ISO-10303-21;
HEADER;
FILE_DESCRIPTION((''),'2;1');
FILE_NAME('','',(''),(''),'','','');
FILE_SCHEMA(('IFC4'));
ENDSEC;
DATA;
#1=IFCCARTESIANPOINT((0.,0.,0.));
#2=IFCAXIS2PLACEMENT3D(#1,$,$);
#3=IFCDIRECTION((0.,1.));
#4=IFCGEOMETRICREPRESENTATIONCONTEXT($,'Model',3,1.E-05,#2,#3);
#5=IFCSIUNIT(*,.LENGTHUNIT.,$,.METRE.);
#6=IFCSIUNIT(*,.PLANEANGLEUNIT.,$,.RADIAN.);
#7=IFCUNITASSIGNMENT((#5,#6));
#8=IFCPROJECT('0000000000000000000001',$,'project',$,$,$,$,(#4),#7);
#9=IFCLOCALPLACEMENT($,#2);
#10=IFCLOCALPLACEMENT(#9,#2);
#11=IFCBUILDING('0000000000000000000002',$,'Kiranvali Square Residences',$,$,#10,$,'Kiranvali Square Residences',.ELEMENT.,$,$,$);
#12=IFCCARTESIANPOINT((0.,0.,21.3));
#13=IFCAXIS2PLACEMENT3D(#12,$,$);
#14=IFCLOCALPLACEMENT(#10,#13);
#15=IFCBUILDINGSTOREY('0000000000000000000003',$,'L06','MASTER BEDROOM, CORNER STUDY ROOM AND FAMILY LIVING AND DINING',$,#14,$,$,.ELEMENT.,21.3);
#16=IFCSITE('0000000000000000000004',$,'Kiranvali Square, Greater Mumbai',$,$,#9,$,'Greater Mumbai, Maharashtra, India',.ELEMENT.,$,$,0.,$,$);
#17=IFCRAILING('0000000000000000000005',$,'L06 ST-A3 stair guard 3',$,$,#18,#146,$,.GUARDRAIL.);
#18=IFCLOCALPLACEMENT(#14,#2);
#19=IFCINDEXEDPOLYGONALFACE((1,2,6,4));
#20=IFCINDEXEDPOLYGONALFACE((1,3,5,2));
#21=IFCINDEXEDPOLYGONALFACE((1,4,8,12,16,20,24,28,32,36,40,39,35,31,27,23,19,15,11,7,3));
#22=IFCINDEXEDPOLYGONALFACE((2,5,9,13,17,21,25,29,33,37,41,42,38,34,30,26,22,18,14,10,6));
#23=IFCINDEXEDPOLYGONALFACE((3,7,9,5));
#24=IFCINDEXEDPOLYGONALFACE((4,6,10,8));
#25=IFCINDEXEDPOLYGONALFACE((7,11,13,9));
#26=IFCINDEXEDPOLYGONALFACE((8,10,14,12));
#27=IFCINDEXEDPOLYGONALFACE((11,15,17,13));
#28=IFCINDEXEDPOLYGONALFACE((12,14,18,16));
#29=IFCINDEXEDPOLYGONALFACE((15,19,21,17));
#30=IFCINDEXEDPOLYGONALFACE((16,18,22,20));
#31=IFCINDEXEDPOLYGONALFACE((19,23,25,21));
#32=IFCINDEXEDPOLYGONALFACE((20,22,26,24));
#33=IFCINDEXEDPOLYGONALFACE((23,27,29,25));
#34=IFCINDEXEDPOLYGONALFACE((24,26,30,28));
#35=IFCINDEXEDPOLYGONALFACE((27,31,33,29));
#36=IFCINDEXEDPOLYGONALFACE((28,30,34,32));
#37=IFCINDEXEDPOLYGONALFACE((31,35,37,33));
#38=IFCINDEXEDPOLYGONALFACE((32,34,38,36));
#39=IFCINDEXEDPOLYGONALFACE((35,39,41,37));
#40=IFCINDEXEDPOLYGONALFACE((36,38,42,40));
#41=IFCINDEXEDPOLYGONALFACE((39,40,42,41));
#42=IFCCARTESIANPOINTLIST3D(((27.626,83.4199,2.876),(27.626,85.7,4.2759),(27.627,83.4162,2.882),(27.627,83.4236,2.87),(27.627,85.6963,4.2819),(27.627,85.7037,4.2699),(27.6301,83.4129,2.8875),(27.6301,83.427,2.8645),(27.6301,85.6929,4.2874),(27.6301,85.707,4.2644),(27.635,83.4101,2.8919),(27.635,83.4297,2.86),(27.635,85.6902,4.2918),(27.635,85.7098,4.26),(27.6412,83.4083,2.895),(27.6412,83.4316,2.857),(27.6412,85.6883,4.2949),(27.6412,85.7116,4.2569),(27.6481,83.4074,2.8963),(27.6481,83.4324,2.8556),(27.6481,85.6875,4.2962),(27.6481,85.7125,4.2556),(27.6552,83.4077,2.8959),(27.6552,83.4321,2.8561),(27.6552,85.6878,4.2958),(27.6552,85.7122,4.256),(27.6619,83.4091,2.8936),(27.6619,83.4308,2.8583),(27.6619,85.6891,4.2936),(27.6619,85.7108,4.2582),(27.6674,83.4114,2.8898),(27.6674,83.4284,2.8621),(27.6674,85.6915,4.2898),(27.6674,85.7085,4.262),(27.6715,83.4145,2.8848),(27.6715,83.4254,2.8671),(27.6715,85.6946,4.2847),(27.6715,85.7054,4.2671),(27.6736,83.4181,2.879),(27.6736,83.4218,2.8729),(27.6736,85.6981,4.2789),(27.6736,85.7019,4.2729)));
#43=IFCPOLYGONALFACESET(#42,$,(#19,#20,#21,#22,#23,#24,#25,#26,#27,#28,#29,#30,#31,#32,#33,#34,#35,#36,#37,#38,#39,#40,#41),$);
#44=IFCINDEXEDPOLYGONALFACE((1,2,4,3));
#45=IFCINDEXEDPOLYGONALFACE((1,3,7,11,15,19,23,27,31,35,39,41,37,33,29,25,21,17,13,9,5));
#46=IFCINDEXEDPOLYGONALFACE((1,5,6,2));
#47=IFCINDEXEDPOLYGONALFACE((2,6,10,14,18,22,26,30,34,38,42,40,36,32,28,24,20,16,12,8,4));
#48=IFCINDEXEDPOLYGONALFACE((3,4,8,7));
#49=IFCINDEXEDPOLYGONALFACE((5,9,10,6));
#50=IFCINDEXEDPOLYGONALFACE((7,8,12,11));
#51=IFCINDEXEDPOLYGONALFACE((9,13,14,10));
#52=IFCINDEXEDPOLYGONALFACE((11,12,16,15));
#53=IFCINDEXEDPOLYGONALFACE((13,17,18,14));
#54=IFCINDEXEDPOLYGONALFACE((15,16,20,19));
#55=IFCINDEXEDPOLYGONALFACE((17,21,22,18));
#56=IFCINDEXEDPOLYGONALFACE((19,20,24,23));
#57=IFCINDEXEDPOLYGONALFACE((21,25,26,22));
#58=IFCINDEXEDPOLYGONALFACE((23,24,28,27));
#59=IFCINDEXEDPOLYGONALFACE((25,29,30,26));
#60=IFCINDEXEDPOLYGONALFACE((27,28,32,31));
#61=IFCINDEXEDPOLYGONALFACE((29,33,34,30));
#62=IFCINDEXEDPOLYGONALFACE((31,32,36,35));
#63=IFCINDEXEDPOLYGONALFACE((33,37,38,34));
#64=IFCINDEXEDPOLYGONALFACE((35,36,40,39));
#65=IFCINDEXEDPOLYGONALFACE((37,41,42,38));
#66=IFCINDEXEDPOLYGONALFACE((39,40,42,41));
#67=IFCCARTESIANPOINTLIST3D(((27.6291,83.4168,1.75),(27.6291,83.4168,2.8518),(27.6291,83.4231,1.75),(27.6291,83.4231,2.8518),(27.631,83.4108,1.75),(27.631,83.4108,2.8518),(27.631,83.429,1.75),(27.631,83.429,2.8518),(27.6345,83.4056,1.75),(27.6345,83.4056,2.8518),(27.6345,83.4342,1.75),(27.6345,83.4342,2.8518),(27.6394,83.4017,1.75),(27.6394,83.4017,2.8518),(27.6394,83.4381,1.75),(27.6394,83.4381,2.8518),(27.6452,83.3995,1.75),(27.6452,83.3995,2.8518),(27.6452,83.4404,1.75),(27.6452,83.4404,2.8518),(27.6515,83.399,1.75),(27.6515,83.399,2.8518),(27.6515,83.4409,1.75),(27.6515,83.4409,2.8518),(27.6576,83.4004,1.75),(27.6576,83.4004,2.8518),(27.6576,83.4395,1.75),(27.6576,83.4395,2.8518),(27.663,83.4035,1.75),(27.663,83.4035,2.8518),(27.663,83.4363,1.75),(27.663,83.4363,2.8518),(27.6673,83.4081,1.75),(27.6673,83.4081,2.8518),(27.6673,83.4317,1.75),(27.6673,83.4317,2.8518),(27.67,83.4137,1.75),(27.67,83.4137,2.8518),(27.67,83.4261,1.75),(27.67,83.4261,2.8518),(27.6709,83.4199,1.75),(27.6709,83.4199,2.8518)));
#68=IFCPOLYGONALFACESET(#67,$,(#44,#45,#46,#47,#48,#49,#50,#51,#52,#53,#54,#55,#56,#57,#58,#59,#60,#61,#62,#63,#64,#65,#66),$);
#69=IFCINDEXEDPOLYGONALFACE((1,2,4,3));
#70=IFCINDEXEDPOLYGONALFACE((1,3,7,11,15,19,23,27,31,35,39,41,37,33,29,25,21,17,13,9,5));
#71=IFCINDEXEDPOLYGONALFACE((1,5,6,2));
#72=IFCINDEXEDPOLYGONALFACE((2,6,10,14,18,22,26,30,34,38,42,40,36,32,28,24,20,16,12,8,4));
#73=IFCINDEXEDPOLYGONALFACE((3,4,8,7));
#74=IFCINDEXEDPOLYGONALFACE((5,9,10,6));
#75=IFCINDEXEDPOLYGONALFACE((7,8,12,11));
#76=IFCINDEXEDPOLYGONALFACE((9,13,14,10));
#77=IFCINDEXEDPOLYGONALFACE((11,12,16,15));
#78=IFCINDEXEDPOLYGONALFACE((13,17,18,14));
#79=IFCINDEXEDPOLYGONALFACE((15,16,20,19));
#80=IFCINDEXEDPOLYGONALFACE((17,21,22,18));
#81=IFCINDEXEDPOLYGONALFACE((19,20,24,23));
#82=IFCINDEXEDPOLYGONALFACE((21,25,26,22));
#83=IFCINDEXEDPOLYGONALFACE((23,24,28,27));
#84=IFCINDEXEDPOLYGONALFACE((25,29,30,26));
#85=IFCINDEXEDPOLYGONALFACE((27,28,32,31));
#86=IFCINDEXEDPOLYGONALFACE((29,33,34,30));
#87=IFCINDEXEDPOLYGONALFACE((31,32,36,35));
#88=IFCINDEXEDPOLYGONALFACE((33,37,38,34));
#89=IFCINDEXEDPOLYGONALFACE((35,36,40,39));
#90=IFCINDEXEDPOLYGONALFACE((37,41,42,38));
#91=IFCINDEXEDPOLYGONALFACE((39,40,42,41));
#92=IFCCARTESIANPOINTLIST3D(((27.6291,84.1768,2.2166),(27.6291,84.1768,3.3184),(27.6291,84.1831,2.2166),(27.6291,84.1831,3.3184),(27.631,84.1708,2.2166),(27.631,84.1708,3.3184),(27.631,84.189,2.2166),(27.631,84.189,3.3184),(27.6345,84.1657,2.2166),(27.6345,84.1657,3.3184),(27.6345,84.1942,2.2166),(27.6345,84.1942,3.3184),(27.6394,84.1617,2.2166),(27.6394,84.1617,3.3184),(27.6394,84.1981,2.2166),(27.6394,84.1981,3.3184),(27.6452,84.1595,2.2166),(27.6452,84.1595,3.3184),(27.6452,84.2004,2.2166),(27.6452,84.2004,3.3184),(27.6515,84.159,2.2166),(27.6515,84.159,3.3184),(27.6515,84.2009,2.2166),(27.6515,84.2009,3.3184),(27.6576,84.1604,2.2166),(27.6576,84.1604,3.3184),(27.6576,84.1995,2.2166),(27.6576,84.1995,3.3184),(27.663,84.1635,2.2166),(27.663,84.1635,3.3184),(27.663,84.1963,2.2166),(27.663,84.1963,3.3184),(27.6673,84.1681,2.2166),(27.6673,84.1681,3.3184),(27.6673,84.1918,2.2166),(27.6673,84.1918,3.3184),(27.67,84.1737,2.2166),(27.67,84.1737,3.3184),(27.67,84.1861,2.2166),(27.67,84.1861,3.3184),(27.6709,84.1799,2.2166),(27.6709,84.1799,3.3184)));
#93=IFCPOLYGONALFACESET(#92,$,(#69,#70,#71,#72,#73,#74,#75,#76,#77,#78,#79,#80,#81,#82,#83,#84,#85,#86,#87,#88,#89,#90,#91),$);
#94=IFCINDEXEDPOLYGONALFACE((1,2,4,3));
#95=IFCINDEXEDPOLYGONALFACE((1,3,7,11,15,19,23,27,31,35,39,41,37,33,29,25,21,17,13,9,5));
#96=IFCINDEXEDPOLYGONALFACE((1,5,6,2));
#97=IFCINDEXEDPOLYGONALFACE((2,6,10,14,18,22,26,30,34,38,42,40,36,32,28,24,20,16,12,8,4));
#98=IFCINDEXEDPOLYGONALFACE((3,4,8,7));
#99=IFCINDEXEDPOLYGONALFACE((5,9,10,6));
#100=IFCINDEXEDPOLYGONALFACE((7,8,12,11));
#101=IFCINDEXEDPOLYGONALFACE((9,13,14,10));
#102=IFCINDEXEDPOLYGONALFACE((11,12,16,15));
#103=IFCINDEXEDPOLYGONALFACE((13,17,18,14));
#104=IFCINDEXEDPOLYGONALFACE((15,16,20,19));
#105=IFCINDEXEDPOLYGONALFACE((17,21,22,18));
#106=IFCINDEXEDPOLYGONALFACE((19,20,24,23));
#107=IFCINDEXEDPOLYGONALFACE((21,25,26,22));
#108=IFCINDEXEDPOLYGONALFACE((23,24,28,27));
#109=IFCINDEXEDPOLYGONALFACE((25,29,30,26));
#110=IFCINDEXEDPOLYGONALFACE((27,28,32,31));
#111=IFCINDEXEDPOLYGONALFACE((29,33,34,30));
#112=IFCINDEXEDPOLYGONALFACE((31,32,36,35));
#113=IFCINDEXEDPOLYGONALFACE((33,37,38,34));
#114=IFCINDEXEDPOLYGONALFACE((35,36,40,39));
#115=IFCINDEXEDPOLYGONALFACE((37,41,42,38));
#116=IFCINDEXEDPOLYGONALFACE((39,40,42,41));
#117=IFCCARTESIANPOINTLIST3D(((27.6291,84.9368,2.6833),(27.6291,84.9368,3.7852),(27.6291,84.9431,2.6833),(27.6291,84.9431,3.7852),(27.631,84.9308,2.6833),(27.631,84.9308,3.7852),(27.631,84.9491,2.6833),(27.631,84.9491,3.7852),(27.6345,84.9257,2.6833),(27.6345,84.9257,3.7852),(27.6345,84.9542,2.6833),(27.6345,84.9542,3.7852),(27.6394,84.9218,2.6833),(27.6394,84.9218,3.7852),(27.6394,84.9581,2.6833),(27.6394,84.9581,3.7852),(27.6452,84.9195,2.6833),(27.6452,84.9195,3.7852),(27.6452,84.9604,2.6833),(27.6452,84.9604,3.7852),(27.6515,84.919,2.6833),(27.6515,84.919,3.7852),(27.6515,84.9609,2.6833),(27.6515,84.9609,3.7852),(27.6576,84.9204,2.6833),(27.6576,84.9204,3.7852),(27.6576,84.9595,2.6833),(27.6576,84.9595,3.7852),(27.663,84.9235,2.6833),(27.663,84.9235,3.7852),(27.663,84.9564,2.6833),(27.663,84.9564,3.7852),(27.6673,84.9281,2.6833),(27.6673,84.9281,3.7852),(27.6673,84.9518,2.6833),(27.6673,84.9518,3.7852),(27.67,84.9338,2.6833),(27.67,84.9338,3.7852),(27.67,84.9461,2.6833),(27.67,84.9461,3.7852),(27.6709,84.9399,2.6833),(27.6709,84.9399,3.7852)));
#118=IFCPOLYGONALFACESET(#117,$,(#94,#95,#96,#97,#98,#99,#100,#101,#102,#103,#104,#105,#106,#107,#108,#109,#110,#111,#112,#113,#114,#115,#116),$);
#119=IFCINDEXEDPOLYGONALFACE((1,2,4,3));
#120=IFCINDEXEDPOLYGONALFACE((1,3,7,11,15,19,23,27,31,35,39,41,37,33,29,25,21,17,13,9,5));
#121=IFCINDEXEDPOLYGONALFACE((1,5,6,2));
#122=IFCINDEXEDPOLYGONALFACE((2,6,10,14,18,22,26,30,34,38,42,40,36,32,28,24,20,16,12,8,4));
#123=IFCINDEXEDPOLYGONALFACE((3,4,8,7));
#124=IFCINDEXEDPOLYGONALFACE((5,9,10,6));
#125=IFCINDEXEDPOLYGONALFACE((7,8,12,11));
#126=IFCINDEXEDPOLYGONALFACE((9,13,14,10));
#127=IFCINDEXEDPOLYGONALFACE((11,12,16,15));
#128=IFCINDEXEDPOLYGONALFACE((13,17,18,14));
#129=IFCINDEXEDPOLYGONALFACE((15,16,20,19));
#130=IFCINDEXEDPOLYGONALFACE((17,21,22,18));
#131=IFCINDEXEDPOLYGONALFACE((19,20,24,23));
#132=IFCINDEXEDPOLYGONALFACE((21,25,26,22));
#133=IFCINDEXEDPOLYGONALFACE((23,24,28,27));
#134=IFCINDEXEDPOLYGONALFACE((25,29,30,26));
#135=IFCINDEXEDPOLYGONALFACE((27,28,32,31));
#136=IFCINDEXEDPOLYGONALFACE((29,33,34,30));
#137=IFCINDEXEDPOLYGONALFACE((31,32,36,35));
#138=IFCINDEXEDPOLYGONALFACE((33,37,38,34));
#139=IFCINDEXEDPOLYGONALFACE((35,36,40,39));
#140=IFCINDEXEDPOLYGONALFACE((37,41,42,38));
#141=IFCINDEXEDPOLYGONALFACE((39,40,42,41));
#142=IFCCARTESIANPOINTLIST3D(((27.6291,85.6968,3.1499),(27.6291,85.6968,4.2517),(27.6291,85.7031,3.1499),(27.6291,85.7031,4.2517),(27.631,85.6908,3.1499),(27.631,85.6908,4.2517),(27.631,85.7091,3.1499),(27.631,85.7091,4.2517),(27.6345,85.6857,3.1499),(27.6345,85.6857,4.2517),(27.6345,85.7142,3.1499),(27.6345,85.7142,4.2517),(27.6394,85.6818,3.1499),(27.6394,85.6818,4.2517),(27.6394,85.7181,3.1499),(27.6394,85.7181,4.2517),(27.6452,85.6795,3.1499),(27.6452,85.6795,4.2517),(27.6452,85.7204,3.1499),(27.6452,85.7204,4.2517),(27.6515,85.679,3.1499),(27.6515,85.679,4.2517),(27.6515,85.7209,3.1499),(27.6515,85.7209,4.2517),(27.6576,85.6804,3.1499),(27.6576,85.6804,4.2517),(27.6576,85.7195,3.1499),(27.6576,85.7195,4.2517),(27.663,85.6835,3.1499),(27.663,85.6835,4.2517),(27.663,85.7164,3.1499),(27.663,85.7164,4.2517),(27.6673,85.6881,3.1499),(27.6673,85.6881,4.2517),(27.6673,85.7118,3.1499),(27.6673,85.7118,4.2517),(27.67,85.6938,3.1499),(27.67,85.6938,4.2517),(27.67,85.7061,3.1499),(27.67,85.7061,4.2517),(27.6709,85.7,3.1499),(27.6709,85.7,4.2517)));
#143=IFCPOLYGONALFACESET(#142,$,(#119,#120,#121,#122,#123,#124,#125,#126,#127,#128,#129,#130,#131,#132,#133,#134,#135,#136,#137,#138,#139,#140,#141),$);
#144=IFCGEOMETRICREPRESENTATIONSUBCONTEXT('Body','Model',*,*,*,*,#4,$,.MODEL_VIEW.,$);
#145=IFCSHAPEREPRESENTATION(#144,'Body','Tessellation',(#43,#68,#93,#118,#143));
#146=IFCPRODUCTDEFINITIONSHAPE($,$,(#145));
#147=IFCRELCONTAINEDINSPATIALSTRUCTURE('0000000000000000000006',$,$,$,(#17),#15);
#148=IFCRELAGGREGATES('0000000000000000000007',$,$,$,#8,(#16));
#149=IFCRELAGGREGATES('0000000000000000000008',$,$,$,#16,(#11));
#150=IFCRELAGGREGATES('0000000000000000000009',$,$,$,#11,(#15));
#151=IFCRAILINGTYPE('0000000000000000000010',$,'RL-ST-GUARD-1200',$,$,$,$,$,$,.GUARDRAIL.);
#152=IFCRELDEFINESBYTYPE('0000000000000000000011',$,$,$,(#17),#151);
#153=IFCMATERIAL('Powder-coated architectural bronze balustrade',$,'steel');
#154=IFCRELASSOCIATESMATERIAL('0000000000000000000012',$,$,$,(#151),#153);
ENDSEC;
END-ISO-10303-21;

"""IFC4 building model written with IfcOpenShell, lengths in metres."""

from ifc_helpers import new_model, si_unit, direction, frame, origin, origin_2d, place, context, subcontext, project, spatial, circle, extrude, material, type_object, element, save


model = new_model("IFC4")

# Units and contexts
model_context = context("Model", 3, precision=1e-05, world=origin(), true_north=direction((0.0, 1.0)))
body_context = subcontext(model_context, "Body", "Model", "MODEL_VIEW")
ifc_project = project(units=[si_unit("LENGTHUNIT", "METRE"), si_unit("PLANEANGLEUNIT", "RADIAN")], contexts=[model_context])

# Site, building, storey
site_placement = place(None, origin())
site = spatial("IfcSite", under=ifc_project, at=site_placement, Name="Kiranvali Square, Greater Mumbai", LongName="Greater Mumbai, Maharashtra, India", CompositionType="ELEMENT", RefElevation=0.0)
building_placement = place(site_placement, origin())
building = spatial("IfcBuilding", under=site, at=building_placement, Name="Kiranvali Square Residences", LongName="Kiranvali Square Residences", CompositionType="ELEMENT")
storey_placement = place(building_placement, frame((0.0, 0.0, 21.3)))
storey = spatial("IfcBuildingStorey", under=building, at=storey_placement, Name="L06", Description="MASTER BEDROOM, CORNER STUDY ROOM AND FAMILY LIVING AND DINING", CompositionType="ELEMENT", Elevation=21.3)

# Railing
ifc_material_1 = material(Name="Powder-coated architectural bronze balustrade", Category="steel")
railing_type_1 = type_object("IfcRailingType", Name="RL-ST-GUARD-1200", PredefinedType="GUARDRAIL", material=ifc_material_1)
railing_1_placement = place(storey_placement, frame((27.6499, 83.4199, 1.75)))
element("IfcRailing", 1, at=railing_1_placement, inside=storey, type_object=railing_type_1, Name="L06 ST-A3 stair guard 3", PredefinedType="GUARDRAIL", context=body_context, shape_type="SweptSolid", body=[
    extrude(circle(Radius=0.0239, at=origin_2d()), frame((0.0, 0.0, 1.126), z_axis=(0.0, 0.85219, 0.523232), x_axis=(-1.0, 0.0, 0.0)), (0.0, 0.0, 1.0), 2.6755),
    extrude(circle(Radius=0.021, at=origin_2d()), origin(), (0.0, 0.0, 1.0), 1.1018),
    extrude(circle(Radius=0.021, at=origin_2d()), frame((0.0, 0.76, 0.4666)), (0.0, 0.0, 1.0), 1.1018),
    extrude(circle(Radius=0.021, at=origin_2d()), frame((0.0, 1.52, 0.9333)), (0.0, 0.0, 1.0), 1.1018),
    extrude(circle(Radius=0.021, at=origin_2d()), frame((0.0, 2.28, 1.3999)), (0.0, 0.0, 1.0), 1.1018),
])

save(model, "model.ifc")
